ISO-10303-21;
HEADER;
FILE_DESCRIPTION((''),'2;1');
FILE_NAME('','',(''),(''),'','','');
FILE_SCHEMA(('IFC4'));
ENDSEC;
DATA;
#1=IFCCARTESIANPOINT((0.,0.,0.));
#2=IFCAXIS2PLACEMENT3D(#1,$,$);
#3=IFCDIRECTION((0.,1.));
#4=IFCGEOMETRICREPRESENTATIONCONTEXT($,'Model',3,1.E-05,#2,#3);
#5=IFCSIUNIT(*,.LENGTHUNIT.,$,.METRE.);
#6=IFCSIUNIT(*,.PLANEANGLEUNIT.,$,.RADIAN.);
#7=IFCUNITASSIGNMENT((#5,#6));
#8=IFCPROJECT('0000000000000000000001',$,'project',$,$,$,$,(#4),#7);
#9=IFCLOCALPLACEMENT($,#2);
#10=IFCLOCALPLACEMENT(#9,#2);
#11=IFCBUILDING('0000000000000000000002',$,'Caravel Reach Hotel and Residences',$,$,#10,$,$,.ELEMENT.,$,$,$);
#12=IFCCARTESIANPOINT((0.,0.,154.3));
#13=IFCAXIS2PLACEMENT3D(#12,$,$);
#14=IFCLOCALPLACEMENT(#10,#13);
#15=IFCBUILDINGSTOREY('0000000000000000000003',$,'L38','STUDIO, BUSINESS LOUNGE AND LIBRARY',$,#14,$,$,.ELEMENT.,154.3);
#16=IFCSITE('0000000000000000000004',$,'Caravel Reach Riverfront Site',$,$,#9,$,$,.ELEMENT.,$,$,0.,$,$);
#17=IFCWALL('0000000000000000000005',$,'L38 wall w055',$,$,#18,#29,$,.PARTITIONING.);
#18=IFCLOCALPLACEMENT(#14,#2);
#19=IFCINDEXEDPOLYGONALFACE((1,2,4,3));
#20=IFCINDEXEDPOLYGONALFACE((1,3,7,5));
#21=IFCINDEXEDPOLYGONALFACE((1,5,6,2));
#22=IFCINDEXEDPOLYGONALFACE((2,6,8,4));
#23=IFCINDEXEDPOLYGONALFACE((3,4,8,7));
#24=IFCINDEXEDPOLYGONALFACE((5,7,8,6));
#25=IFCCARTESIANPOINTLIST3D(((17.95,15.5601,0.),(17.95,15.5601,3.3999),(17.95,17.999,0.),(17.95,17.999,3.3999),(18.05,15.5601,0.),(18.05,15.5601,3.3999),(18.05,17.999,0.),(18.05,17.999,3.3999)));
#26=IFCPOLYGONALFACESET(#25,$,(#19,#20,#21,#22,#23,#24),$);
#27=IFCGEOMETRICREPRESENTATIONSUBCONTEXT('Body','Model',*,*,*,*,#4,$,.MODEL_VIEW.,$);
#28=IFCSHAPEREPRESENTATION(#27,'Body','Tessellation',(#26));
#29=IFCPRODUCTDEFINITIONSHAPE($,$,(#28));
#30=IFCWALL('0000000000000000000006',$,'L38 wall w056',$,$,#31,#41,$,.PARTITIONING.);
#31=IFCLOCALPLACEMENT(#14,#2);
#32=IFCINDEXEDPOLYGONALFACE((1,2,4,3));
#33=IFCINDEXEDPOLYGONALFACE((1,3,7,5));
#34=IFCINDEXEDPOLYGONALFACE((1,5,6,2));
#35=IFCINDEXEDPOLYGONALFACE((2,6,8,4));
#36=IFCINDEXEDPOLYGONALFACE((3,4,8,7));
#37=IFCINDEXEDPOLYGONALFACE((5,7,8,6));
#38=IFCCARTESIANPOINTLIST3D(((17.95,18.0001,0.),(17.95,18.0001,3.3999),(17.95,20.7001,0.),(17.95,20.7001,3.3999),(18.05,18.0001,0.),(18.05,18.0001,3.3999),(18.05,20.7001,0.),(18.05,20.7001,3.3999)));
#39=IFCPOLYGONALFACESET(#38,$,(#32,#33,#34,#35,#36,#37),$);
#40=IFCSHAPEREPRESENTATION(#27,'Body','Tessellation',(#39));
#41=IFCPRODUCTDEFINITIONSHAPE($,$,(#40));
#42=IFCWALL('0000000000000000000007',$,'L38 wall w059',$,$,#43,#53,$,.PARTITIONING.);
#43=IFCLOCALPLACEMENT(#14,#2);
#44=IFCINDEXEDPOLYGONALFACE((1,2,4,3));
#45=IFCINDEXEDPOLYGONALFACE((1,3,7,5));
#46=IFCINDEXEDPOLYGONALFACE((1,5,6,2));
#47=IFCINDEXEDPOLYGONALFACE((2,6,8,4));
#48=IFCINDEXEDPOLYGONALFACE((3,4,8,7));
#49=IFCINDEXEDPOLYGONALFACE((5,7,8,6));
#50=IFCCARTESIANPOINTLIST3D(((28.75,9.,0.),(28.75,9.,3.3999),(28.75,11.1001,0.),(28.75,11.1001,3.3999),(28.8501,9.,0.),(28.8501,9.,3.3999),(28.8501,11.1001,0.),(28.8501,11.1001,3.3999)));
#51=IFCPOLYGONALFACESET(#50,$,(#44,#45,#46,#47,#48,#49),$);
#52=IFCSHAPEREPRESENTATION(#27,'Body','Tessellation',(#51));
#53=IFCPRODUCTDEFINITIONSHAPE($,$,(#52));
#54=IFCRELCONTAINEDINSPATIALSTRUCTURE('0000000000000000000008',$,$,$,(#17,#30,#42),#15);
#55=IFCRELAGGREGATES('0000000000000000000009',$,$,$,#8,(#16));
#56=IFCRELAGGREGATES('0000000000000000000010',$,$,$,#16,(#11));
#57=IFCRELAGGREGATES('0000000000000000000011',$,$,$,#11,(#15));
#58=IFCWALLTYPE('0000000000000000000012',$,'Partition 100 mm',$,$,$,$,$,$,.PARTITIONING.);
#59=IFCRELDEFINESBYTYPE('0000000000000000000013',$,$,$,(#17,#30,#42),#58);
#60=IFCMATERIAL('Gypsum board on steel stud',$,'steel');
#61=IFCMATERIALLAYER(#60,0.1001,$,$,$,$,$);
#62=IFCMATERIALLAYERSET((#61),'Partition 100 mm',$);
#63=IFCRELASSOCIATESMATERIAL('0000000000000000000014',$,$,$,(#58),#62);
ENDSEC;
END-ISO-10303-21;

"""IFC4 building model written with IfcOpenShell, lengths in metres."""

from ifc_helpers import new_model, si_unit, direction, frame, frame_2d, origin, place, context, subcontext, project, spatial, rectangle, extrude, material, layer, layer_set, type_object, element, save


model = new_model("IFC4")

# Units and contexts
model_context = context("Model", 3, precision=1e-05, world=origin(), true_north=direction((0.0, 1.0)))
body_context = subcontext(model_context, "Body", "Model", "MODEL_VIEW")
ifc_project = project(units=[si_unit("LENGTHUNIT", "METRE"), si_unit("PLANEANGLEUNIT", "RADIAN")], contexts=[model_context])

# Site, building, storey
site_placement = place(None, origin())
site = spatial("IfcSite", under=ifc_project, at=site_placement, Name="Caravel Reach Riverfront Site", CompositionType="ELEMENT", RefElevation=0.0)
building_placement = place(site_placement, origin())
building = spatial("IfcBuilding", under=site, at=building_placement, Name="Caravel Reach Hotel and Residences", CompositionType="ELEMENT")
storey_placement = place(building_placement, frame((0.0, 0.0, 154.3)))
storey = spatial("IfcBuildingStorey", under=building, at=storey_placement, Name="L38", Description="STUDIO, BUSINESS LOUNGE AND LIBRARY", CompositionType="ELEMENT", Elevation=154.3)

# Walls
ifc_material_1 = material(Name="Gypsum board on steel stud", Category="steel")
ifc_layer_1 = layer(ifc_material_1, 0.1001)
ifc_layer_set_1 = layer_set([ifc_layer_1], Name="Partition 100 mm")
wall_type_1 = type_object("IfcWallType", Name="Partition 100 mm", PredefinedType="PARTITIONING", material=ifc_layer_set_1)
wall_1_placement = place(storey_placement, frame((18.0, 15.5601, 0.0), z_axis=(0.0, 0.0, 1.0), x_axis=(0.0, 1.0, 0.0)))
element("IfcWall", 1, at=wall_1_placement, inside=storey, type_object=wall_type_1, Name="L38 wall w055", PredefinedType="PARTITIONING", context=body_context, shape_type="SweptSolid", body=[
    extrude(rectangle(XDim=2.439, YDim=0.1001, at=frame_2d((1.2195, 0.0))), origin(), (0.0, 0.0, 1.0), 3.3999),
])
wall_2_placement = place(storey_placement, frame((18.0, 18.0, 0.0), z_axis=(0.0, 0.0, 1.0), x_axis=(0.0, 1.0, 0.0)))
element("IfcWall", 2, at=wall_2_placement, inside=storey, type_object=wall_type_1, Name="L38 wall w056", PredefinedType="PARTITIONING", context=body_context, shape_type="SweptSolid", body=[
    extrude(rectangle(XDim=2.7, YDim=0.1001, at=frame_2d((1.3501, 0.0))), origin(), (0.0, 0.0, 1.0), 3.3999),
])
wall_3_placement = place(storey_placement, frame((28.8, 9.0, 0.0), z_axis=(0.0, 0.0, 1.0), x_axis=(0.0, 1.0, 0.0)))
element("IfcWall", 3, at=wall_3_placement, inside=storey, type_object=wall_type_1, Name="L38 wall w059", PredefinedType="PARTITIONING", context=body_context, shape_type="SweptSolid", body=[
    extrude(rectangle(XDim=2.1001, YDim=0.1001, at=frame_2d((1.05, 0.0))), origin(), (0.0, 0.0, 1.0), 3.3999),
])

save(model, "model.ifc")
